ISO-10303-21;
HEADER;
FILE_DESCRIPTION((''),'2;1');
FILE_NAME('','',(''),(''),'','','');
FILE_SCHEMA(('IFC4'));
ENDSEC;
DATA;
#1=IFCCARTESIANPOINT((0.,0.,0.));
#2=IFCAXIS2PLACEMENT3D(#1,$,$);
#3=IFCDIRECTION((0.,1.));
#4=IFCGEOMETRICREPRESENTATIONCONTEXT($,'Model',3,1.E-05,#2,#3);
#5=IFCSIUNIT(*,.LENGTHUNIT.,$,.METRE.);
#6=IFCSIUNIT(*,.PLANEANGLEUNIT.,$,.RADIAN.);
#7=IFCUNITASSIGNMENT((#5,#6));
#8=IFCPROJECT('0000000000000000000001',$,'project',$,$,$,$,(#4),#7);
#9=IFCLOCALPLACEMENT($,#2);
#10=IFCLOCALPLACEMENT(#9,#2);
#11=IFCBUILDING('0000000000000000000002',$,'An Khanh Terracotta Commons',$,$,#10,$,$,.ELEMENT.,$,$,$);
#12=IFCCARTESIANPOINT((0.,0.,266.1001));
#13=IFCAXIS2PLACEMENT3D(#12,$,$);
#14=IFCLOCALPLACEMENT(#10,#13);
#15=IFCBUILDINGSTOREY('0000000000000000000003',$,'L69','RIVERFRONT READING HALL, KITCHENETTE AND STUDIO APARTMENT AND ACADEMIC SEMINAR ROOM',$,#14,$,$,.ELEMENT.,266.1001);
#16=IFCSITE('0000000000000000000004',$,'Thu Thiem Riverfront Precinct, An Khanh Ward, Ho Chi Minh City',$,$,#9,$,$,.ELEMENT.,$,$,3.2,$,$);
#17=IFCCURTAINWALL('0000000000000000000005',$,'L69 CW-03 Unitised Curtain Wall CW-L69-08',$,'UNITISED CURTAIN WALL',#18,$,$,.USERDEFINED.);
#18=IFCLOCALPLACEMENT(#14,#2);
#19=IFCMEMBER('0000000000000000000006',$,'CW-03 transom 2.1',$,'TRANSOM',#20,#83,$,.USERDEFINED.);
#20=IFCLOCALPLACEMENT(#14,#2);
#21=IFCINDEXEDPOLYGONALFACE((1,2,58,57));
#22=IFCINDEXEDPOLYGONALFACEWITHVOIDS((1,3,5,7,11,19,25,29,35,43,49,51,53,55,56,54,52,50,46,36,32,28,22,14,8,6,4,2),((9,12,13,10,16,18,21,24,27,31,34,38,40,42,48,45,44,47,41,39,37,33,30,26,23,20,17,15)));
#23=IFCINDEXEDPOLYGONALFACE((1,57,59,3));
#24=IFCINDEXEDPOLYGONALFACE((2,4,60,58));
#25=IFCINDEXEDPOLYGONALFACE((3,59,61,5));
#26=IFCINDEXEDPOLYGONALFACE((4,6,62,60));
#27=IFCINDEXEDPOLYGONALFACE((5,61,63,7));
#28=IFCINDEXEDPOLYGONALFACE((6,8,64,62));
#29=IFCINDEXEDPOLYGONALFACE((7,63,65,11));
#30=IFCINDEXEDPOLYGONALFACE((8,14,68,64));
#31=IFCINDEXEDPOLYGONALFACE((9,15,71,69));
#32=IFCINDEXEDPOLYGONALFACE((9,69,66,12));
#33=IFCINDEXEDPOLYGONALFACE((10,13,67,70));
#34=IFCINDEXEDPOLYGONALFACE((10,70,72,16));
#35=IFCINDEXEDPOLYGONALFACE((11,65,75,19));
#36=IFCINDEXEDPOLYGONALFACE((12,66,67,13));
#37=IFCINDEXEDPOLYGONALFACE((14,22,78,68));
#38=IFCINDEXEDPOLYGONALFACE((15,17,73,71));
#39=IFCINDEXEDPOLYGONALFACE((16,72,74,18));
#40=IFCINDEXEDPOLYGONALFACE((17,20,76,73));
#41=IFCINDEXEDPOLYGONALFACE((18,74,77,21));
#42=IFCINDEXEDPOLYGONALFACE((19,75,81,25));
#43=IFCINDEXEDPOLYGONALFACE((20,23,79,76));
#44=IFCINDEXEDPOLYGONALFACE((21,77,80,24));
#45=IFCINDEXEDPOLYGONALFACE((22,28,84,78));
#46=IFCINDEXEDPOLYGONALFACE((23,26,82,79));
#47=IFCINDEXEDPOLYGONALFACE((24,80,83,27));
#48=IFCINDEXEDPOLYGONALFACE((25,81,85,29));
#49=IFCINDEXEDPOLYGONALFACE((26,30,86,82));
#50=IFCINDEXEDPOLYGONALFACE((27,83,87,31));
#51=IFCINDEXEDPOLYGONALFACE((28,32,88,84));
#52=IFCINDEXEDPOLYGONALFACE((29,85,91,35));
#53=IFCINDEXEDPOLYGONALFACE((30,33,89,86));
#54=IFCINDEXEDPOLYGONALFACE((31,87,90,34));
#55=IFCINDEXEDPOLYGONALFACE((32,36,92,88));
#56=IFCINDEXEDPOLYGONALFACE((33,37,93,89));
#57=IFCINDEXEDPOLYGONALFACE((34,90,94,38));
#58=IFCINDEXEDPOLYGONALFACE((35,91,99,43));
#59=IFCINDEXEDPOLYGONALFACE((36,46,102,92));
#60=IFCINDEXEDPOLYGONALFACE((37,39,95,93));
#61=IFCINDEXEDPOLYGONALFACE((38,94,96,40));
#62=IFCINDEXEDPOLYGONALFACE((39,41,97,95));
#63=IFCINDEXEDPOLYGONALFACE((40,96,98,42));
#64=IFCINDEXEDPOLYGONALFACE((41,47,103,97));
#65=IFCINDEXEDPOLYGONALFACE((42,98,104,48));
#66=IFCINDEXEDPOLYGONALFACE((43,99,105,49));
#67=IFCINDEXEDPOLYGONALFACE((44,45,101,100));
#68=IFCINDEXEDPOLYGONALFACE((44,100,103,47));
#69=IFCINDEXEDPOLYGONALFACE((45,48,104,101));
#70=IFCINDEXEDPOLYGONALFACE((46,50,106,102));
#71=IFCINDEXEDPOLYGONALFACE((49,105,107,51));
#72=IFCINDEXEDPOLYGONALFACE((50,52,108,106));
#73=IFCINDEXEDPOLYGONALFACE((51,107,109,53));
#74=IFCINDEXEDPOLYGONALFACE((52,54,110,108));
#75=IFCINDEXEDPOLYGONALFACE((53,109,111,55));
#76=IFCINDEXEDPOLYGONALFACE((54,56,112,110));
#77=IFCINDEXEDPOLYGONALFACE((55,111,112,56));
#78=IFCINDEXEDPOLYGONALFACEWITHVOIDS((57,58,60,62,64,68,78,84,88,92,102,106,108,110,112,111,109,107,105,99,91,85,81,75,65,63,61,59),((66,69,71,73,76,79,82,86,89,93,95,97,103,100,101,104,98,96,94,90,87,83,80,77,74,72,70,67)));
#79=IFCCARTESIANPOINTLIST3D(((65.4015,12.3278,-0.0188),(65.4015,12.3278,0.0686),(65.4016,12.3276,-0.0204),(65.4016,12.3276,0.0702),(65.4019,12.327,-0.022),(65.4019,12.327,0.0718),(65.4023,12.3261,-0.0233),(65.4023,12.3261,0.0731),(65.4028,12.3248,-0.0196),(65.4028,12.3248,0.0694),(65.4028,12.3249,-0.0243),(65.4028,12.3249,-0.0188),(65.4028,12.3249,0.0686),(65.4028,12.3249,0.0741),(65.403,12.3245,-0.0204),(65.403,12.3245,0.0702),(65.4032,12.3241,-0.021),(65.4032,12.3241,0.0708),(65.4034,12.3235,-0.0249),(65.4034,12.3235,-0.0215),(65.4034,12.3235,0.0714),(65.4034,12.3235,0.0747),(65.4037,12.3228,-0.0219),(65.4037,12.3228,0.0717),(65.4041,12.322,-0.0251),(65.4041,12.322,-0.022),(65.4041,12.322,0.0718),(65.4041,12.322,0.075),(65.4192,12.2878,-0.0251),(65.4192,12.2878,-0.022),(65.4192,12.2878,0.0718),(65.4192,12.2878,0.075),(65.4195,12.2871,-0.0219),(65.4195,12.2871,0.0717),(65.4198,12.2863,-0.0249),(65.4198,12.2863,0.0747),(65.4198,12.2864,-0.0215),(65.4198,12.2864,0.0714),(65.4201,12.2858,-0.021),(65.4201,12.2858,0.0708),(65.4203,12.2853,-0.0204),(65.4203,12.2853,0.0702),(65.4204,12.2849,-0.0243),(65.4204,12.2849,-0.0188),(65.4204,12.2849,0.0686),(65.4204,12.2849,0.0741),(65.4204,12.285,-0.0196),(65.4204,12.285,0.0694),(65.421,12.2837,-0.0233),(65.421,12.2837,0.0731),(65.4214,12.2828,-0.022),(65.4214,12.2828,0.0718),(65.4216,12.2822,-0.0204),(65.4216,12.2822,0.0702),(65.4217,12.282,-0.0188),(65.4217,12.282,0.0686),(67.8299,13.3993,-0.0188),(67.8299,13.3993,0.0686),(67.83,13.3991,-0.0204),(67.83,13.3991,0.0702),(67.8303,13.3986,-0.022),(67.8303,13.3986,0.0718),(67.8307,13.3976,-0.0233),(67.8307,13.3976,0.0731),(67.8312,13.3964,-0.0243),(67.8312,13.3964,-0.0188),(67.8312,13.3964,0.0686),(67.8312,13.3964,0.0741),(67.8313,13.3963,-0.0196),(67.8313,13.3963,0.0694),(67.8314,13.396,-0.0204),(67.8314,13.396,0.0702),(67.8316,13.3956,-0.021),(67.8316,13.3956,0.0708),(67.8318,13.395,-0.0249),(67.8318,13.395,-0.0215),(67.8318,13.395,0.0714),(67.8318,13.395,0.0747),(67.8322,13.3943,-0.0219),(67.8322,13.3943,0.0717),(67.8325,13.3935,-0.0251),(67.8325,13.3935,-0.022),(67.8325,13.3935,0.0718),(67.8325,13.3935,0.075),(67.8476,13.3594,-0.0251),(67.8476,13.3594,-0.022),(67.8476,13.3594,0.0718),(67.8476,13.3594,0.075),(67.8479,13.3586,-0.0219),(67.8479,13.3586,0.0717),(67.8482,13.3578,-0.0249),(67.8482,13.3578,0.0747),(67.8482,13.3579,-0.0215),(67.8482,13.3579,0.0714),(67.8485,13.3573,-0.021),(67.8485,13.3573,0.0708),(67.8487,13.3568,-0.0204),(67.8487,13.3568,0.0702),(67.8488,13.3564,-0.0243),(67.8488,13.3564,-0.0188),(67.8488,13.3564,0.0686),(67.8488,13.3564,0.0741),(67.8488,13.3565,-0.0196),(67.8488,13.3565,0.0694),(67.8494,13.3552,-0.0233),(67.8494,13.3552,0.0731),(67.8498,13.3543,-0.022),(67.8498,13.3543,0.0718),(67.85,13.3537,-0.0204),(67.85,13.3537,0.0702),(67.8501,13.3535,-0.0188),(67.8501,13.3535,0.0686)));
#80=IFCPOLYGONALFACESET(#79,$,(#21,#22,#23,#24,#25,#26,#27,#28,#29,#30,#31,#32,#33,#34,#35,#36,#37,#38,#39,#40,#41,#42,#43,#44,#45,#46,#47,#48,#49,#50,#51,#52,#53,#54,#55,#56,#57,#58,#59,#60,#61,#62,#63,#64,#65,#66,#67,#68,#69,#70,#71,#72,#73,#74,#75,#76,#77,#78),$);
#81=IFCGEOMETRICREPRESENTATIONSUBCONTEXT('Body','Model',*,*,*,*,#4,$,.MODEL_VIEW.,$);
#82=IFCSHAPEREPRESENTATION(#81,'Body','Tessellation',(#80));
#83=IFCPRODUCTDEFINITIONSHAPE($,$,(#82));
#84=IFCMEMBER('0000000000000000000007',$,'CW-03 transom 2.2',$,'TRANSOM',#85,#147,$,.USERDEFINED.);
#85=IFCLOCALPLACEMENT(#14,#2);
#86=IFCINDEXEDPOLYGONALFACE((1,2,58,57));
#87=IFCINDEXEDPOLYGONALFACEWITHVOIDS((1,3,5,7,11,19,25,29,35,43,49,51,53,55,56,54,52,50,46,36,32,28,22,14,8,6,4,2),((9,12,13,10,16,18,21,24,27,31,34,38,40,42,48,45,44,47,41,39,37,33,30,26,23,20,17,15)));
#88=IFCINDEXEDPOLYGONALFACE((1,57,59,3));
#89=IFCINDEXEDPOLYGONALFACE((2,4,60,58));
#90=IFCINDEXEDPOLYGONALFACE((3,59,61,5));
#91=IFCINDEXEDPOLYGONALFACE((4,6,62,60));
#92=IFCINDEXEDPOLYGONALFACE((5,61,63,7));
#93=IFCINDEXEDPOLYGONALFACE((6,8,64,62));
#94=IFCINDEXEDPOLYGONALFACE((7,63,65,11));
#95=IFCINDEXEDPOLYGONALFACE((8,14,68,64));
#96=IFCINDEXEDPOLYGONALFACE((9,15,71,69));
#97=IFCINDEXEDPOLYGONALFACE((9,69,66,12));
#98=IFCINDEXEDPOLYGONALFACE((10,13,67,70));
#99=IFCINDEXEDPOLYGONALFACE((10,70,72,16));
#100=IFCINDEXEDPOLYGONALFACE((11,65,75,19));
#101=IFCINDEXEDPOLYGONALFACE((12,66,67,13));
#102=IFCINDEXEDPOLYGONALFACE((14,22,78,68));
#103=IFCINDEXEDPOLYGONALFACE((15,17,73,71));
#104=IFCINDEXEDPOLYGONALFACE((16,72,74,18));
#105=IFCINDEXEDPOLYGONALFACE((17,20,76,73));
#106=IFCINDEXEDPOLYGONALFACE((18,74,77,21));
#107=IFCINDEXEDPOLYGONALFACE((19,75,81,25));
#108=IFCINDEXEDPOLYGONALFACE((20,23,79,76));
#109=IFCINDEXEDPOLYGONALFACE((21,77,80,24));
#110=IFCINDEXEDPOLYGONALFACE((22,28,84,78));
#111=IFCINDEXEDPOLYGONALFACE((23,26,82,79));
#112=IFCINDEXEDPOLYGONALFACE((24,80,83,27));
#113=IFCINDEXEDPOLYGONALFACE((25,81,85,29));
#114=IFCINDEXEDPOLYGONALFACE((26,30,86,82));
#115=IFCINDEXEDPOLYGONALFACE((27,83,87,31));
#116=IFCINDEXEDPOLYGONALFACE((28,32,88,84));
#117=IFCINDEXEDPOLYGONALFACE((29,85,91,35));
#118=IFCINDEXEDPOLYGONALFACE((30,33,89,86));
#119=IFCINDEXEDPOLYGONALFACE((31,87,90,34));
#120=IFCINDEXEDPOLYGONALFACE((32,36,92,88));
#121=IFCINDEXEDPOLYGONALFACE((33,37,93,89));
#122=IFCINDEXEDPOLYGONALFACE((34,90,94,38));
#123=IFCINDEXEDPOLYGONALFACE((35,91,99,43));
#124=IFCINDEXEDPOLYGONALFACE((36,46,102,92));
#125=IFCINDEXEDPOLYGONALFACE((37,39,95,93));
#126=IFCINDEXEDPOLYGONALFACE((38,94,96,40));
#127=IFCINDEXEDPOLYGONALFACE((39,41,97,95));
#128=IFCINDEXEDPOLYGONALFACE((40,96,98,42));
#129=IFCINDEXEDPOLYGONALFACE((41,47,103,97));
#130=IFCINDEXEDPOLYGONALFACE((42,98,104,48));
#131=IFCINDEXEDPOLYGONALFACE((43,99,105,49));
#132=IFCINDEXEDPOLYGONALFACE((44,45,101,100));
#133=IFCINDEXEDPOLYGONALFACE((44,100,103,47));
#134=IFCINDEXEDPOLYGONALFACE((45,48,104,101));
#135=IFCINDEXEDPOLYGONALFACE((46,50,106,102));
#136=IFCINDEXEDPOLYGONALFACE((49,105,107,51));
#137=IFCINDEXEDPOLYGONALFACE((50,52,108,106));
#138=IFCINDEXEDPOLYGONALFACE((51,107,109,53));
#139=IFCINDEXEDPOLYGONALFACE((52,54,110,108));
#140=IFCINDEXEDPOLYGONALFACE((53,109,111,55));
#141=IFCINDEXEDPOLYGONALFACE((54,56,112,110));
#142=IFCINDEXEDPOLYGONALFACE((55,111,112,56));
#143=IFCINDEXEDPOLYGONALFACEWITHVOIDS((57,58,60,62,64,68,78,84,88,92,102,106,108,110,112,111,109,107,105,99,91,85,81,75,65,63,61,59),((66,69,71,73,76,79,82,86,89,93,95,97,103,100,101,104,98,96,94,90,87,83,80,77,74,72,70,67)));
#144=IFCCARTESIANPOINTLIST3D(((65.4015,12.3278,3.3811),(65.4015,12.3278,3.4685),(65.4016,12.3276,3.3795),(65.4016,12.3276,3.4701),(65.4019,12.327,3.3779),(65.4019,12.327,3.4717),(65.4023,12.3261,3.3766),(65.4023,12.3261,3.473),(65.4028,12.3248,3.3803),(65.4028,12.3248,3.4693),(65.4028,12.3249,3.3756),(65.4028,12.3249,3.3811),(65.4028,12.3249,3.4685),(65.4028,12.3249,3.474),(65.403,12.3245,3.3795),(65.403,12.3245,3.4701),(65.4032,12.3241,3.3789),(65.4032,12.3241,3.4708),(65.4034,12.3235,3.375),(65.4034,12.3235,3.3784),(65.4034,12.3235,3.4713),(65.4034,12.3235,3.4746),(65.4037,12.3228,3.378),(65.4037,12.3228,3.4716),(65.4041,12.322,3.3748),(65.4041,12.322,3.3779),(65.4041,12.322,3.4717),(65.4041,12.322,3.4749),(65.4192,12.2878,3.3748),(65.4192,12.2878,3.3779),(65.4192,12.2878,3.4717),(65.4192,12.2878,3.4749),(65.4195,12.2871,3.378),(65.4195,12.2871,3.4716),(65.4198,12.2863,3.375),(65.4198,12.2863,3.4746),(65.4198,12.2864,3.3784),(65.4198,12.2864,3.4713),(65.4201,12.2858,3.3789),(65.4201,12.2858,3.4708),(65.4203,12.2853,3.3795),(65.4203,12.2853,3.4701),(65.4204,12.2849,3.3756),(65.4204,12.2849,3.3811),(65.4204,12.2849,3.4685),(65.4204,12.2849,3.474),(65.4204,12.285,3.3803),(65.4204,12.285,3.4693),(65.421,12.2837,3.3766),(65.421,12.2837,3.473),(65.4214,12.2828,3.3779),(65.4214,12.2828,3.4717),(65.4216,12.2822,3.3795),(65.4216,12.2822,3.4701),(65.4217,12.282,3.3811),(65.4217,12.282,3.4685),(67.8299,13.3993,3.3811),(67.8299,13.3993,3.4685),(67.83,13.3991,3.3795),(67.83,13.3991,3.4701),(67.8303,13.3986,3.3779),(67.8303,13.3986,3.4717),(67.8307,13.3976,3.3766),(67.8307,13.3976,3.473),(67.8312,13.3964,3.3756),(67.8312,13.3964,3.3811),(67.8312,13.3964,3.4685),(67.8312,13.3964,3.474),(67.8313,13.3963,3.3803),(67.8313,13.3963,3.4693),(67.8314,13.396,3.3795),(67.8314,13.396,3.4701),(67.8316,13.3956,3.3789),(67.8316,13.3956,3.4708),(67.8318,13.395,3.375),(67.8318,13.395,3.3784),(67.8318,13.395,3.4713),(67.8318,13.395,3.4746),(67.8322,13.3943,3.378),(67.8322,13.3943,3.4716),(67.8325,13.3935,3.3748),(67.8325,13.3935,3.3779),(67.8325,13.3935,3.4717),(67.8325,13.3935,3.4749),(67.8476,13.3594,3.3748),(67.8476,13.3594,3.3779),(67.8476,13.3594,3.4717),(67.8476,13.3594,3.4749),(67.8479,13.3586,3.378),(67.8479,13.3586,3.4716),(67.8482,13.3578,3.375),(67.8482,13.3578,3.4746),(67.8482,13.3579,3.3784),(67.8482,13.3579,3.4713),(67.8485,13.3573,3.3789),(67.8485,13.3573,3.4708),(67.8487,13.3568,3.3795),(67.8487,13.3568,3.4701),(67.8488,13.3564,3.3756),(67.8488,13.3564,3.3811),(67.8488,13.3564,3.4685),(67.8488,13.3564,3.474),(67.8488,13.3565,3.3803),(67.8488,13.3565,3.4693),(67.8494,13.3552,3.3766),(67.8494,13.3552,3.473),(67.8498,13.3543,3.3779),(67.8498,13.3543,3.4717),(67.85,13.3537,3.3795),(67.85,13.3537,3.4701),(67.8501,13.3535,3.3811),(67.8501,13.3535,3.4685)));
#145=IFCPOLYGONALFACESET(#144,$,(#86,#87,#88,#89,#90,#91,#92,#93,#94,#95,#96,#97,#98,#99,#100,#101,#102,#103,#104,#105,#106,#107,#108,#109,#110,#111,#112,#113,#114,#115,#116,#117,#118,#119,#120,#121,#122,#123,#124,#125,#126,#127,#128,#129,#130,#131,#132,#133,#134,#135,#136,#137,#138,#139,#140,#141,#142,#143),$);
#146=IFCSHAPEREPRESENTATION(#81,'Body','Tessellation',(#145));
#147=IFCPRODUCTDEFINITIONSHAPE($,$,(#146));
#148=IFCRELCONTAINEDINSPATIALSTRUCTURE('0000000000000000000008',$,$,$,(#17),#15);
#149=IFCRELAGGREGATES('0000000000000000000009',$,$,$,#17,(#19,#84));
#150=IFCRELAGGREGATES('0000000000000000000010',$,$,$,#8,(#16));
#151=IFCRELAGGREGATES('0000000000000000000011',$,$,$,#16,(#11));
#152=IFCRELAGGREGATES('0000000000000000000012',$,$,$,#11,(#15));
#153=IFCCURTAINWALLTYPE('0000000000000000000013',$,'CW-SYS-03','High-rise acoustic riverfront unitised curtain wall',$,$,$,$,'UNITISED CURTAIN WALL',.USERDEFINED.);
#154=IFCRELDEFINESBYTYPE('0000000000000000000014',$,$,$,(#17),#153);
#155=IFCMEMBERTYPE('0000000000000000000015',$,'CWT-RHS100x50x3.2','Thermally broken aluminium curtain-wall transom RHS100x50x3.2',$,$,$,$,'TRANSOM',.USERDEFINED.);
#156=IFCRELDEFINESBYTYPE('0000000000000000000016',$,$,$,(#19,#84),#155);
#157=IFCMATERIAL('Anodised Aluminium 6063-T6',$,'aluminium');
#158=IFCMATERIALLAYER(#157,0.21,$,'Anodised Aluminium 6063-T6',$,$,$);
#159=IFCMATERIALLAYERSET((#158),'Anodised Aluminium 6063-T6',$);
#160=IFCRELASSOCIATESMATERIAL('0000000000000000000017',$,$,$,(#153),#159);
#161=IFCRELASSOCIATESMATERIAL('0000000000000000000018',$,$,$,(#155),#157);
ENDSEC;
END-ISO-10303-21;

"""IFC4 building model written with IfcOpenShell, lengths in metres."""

from ifc_helpers import new_model, si_unit, direction, frame, origin, origin_2d, place, context, subcontext, project, spatial, hollow_rectangle, extrude, material, layer, layer_set, material_profile, profile_set, type_object, element, aggregate, save


model = new_model("IFC4")

# Units and contexts
model_context = context("Model", 3, precision=1e-05, world=origin(), true_north=direction((0.0, 1.0)))
body_context = subcontext(model_context, "Body", "Model", "MODEL_VIEW")
ifc_project = project(units=[si_unit("LENGTHUNIT", "METRE"), si_unit("PLANEANGLEUNIT", "RADIAN")], contexts=[model_context])

# Site, building, storey
site_placement = place(None, origin())
site = spatial("IfcSite", under=ifc_project, at=site_placement, Name="Thu Thiem Riverfront Precinct, An Khanh Ward, Ho Chi Minh City", CompositionType="ELEMENT", RefElevation=3.2)
building_placement = place(site_placement, origin())
building = spatial("IfcBuilding", under=site, at=building_placement, Name="An Khanh Terracotta Commons", CompositionType="ELEMENT")
storey_placement = place(building_placement, frame((0.0, 0.0, 266.1001)))
storey = spatial("IfcBuildingStorey", under=building, at=storey_placement, Name="L69", Description="RIVERFRONT READING HALL, KITCHENETTE AND STUDIO APARTMENT AND ACADEMIC SEMINAR ROOM", CompositionType="ELEMENT", Elevation=266.1001)

# Curtain wall, members
ifc_material_1 = material(Name="Anodised Aluminium 6063-T6", Category="aluminium")
ifc_layer_1 = layer(ifc_material_1, 0.21, Name="Anodised Aluminium 6063-T6")
ifc_layer_set_1 = layer_set([ifc_layer_1], Name="Anodised Aluminium 6063-T6")
curtain_wall_type = type_object("IfcCurtainWallType", Name="CW-SYS-03", Description="High-rise acoustic riverfront unitised curtain wall", ElementType="UNITISED CURTAIN WALL", PredefinedType="USERDEFINED", material=ifc_layer_set_1)
curtain_wall_placement = place(storey_placement, origin())
curtain_wall = element("IfcCurtainWall", 1, at=curtain_wall_placement, inside=storey, type_object=curtain_wall_type, Name="L69 CW-03 Unitised Curtain Wall CW-L69-08", ObjectType="UNITISED CURTAIN WALL", PredefinedType="USERDEFINED")
ifc_material_profile_1 = material_profile(ifc_material_1, hollow_rectangle(XDim=0.05, YDim=0.1001, WallThickness=0.0032, InnerFilletRadius=0.0032, OuterFilletRadius=0.0063, at=origin_2d()), Name="RHS100x50x3.2")
ifc_profile_set_1 = profile_set([ifc_material_profile_1], Name="Anodised Aluminium 6063-T6")
member_type_1 = type_object("IfcMemberType", Name="CWT-RHS100x50x3.2", Description="Thermally broken aluminium curtain-wall transom RHS100x50x3.2", ElementType="TRANSOM", PredefinedType="USERDEFINED", material=ifc_profile_set_1)
member_1_placement = place(storey_placement, frame((65.4116, 12.3049, 0.0249), z_axis=(0.914897, 0.403688, 0.0), x_axis=(-0.403688, 0.914897, 0.0)))
member_1 = element("IfcMember", 2, at=member_1_placement, type_object=member_type_1, Name="CW-03 transom 2.1", ObjectType="TRANSOM", PredefinedType="USERDEFINED", context=body_context, shape_type="SweptSolid", body=[
    extrude(hollow_rectangle(XDim=0.05, YDim=0.1001, WallThickness=0.0032, InnerFilletRadius=0.0032, OuterFilletRadius=0.0063, at=origin_2d()), origin(), (0.0, 0.0, 1.0), 2.6543),
])
member_2_placement = place(storey_placement, frame((65.4116, 12.3049, 3.4248), z_axis=(0.914897, 0.403688, 0.0), x_axis=(-0.403688, 0.914897, 0.0)))
member_2 = element("IfcMember", 3, at=member_2_placement, type_object=member_type_1, Name="CW-03 transom 2.2", ObjectType="TRANSOM", PredefinedType="USERDEFINED", context=body_context, shape_type="SweptSolid", body=[
    extrude(hollow_rectangle(XDim=0.05, YDim=0.1001, WallThickness=0.0032, InnerFilletRadius=0.0032, OuterFilletRadius=0.0063, at=origin_2d()), origin(), (0.0, 0.0, 1.0), 2.6543),
])
aggregate(curtain_wall, [member_1, member_2])

save(model, "model.ifc")
